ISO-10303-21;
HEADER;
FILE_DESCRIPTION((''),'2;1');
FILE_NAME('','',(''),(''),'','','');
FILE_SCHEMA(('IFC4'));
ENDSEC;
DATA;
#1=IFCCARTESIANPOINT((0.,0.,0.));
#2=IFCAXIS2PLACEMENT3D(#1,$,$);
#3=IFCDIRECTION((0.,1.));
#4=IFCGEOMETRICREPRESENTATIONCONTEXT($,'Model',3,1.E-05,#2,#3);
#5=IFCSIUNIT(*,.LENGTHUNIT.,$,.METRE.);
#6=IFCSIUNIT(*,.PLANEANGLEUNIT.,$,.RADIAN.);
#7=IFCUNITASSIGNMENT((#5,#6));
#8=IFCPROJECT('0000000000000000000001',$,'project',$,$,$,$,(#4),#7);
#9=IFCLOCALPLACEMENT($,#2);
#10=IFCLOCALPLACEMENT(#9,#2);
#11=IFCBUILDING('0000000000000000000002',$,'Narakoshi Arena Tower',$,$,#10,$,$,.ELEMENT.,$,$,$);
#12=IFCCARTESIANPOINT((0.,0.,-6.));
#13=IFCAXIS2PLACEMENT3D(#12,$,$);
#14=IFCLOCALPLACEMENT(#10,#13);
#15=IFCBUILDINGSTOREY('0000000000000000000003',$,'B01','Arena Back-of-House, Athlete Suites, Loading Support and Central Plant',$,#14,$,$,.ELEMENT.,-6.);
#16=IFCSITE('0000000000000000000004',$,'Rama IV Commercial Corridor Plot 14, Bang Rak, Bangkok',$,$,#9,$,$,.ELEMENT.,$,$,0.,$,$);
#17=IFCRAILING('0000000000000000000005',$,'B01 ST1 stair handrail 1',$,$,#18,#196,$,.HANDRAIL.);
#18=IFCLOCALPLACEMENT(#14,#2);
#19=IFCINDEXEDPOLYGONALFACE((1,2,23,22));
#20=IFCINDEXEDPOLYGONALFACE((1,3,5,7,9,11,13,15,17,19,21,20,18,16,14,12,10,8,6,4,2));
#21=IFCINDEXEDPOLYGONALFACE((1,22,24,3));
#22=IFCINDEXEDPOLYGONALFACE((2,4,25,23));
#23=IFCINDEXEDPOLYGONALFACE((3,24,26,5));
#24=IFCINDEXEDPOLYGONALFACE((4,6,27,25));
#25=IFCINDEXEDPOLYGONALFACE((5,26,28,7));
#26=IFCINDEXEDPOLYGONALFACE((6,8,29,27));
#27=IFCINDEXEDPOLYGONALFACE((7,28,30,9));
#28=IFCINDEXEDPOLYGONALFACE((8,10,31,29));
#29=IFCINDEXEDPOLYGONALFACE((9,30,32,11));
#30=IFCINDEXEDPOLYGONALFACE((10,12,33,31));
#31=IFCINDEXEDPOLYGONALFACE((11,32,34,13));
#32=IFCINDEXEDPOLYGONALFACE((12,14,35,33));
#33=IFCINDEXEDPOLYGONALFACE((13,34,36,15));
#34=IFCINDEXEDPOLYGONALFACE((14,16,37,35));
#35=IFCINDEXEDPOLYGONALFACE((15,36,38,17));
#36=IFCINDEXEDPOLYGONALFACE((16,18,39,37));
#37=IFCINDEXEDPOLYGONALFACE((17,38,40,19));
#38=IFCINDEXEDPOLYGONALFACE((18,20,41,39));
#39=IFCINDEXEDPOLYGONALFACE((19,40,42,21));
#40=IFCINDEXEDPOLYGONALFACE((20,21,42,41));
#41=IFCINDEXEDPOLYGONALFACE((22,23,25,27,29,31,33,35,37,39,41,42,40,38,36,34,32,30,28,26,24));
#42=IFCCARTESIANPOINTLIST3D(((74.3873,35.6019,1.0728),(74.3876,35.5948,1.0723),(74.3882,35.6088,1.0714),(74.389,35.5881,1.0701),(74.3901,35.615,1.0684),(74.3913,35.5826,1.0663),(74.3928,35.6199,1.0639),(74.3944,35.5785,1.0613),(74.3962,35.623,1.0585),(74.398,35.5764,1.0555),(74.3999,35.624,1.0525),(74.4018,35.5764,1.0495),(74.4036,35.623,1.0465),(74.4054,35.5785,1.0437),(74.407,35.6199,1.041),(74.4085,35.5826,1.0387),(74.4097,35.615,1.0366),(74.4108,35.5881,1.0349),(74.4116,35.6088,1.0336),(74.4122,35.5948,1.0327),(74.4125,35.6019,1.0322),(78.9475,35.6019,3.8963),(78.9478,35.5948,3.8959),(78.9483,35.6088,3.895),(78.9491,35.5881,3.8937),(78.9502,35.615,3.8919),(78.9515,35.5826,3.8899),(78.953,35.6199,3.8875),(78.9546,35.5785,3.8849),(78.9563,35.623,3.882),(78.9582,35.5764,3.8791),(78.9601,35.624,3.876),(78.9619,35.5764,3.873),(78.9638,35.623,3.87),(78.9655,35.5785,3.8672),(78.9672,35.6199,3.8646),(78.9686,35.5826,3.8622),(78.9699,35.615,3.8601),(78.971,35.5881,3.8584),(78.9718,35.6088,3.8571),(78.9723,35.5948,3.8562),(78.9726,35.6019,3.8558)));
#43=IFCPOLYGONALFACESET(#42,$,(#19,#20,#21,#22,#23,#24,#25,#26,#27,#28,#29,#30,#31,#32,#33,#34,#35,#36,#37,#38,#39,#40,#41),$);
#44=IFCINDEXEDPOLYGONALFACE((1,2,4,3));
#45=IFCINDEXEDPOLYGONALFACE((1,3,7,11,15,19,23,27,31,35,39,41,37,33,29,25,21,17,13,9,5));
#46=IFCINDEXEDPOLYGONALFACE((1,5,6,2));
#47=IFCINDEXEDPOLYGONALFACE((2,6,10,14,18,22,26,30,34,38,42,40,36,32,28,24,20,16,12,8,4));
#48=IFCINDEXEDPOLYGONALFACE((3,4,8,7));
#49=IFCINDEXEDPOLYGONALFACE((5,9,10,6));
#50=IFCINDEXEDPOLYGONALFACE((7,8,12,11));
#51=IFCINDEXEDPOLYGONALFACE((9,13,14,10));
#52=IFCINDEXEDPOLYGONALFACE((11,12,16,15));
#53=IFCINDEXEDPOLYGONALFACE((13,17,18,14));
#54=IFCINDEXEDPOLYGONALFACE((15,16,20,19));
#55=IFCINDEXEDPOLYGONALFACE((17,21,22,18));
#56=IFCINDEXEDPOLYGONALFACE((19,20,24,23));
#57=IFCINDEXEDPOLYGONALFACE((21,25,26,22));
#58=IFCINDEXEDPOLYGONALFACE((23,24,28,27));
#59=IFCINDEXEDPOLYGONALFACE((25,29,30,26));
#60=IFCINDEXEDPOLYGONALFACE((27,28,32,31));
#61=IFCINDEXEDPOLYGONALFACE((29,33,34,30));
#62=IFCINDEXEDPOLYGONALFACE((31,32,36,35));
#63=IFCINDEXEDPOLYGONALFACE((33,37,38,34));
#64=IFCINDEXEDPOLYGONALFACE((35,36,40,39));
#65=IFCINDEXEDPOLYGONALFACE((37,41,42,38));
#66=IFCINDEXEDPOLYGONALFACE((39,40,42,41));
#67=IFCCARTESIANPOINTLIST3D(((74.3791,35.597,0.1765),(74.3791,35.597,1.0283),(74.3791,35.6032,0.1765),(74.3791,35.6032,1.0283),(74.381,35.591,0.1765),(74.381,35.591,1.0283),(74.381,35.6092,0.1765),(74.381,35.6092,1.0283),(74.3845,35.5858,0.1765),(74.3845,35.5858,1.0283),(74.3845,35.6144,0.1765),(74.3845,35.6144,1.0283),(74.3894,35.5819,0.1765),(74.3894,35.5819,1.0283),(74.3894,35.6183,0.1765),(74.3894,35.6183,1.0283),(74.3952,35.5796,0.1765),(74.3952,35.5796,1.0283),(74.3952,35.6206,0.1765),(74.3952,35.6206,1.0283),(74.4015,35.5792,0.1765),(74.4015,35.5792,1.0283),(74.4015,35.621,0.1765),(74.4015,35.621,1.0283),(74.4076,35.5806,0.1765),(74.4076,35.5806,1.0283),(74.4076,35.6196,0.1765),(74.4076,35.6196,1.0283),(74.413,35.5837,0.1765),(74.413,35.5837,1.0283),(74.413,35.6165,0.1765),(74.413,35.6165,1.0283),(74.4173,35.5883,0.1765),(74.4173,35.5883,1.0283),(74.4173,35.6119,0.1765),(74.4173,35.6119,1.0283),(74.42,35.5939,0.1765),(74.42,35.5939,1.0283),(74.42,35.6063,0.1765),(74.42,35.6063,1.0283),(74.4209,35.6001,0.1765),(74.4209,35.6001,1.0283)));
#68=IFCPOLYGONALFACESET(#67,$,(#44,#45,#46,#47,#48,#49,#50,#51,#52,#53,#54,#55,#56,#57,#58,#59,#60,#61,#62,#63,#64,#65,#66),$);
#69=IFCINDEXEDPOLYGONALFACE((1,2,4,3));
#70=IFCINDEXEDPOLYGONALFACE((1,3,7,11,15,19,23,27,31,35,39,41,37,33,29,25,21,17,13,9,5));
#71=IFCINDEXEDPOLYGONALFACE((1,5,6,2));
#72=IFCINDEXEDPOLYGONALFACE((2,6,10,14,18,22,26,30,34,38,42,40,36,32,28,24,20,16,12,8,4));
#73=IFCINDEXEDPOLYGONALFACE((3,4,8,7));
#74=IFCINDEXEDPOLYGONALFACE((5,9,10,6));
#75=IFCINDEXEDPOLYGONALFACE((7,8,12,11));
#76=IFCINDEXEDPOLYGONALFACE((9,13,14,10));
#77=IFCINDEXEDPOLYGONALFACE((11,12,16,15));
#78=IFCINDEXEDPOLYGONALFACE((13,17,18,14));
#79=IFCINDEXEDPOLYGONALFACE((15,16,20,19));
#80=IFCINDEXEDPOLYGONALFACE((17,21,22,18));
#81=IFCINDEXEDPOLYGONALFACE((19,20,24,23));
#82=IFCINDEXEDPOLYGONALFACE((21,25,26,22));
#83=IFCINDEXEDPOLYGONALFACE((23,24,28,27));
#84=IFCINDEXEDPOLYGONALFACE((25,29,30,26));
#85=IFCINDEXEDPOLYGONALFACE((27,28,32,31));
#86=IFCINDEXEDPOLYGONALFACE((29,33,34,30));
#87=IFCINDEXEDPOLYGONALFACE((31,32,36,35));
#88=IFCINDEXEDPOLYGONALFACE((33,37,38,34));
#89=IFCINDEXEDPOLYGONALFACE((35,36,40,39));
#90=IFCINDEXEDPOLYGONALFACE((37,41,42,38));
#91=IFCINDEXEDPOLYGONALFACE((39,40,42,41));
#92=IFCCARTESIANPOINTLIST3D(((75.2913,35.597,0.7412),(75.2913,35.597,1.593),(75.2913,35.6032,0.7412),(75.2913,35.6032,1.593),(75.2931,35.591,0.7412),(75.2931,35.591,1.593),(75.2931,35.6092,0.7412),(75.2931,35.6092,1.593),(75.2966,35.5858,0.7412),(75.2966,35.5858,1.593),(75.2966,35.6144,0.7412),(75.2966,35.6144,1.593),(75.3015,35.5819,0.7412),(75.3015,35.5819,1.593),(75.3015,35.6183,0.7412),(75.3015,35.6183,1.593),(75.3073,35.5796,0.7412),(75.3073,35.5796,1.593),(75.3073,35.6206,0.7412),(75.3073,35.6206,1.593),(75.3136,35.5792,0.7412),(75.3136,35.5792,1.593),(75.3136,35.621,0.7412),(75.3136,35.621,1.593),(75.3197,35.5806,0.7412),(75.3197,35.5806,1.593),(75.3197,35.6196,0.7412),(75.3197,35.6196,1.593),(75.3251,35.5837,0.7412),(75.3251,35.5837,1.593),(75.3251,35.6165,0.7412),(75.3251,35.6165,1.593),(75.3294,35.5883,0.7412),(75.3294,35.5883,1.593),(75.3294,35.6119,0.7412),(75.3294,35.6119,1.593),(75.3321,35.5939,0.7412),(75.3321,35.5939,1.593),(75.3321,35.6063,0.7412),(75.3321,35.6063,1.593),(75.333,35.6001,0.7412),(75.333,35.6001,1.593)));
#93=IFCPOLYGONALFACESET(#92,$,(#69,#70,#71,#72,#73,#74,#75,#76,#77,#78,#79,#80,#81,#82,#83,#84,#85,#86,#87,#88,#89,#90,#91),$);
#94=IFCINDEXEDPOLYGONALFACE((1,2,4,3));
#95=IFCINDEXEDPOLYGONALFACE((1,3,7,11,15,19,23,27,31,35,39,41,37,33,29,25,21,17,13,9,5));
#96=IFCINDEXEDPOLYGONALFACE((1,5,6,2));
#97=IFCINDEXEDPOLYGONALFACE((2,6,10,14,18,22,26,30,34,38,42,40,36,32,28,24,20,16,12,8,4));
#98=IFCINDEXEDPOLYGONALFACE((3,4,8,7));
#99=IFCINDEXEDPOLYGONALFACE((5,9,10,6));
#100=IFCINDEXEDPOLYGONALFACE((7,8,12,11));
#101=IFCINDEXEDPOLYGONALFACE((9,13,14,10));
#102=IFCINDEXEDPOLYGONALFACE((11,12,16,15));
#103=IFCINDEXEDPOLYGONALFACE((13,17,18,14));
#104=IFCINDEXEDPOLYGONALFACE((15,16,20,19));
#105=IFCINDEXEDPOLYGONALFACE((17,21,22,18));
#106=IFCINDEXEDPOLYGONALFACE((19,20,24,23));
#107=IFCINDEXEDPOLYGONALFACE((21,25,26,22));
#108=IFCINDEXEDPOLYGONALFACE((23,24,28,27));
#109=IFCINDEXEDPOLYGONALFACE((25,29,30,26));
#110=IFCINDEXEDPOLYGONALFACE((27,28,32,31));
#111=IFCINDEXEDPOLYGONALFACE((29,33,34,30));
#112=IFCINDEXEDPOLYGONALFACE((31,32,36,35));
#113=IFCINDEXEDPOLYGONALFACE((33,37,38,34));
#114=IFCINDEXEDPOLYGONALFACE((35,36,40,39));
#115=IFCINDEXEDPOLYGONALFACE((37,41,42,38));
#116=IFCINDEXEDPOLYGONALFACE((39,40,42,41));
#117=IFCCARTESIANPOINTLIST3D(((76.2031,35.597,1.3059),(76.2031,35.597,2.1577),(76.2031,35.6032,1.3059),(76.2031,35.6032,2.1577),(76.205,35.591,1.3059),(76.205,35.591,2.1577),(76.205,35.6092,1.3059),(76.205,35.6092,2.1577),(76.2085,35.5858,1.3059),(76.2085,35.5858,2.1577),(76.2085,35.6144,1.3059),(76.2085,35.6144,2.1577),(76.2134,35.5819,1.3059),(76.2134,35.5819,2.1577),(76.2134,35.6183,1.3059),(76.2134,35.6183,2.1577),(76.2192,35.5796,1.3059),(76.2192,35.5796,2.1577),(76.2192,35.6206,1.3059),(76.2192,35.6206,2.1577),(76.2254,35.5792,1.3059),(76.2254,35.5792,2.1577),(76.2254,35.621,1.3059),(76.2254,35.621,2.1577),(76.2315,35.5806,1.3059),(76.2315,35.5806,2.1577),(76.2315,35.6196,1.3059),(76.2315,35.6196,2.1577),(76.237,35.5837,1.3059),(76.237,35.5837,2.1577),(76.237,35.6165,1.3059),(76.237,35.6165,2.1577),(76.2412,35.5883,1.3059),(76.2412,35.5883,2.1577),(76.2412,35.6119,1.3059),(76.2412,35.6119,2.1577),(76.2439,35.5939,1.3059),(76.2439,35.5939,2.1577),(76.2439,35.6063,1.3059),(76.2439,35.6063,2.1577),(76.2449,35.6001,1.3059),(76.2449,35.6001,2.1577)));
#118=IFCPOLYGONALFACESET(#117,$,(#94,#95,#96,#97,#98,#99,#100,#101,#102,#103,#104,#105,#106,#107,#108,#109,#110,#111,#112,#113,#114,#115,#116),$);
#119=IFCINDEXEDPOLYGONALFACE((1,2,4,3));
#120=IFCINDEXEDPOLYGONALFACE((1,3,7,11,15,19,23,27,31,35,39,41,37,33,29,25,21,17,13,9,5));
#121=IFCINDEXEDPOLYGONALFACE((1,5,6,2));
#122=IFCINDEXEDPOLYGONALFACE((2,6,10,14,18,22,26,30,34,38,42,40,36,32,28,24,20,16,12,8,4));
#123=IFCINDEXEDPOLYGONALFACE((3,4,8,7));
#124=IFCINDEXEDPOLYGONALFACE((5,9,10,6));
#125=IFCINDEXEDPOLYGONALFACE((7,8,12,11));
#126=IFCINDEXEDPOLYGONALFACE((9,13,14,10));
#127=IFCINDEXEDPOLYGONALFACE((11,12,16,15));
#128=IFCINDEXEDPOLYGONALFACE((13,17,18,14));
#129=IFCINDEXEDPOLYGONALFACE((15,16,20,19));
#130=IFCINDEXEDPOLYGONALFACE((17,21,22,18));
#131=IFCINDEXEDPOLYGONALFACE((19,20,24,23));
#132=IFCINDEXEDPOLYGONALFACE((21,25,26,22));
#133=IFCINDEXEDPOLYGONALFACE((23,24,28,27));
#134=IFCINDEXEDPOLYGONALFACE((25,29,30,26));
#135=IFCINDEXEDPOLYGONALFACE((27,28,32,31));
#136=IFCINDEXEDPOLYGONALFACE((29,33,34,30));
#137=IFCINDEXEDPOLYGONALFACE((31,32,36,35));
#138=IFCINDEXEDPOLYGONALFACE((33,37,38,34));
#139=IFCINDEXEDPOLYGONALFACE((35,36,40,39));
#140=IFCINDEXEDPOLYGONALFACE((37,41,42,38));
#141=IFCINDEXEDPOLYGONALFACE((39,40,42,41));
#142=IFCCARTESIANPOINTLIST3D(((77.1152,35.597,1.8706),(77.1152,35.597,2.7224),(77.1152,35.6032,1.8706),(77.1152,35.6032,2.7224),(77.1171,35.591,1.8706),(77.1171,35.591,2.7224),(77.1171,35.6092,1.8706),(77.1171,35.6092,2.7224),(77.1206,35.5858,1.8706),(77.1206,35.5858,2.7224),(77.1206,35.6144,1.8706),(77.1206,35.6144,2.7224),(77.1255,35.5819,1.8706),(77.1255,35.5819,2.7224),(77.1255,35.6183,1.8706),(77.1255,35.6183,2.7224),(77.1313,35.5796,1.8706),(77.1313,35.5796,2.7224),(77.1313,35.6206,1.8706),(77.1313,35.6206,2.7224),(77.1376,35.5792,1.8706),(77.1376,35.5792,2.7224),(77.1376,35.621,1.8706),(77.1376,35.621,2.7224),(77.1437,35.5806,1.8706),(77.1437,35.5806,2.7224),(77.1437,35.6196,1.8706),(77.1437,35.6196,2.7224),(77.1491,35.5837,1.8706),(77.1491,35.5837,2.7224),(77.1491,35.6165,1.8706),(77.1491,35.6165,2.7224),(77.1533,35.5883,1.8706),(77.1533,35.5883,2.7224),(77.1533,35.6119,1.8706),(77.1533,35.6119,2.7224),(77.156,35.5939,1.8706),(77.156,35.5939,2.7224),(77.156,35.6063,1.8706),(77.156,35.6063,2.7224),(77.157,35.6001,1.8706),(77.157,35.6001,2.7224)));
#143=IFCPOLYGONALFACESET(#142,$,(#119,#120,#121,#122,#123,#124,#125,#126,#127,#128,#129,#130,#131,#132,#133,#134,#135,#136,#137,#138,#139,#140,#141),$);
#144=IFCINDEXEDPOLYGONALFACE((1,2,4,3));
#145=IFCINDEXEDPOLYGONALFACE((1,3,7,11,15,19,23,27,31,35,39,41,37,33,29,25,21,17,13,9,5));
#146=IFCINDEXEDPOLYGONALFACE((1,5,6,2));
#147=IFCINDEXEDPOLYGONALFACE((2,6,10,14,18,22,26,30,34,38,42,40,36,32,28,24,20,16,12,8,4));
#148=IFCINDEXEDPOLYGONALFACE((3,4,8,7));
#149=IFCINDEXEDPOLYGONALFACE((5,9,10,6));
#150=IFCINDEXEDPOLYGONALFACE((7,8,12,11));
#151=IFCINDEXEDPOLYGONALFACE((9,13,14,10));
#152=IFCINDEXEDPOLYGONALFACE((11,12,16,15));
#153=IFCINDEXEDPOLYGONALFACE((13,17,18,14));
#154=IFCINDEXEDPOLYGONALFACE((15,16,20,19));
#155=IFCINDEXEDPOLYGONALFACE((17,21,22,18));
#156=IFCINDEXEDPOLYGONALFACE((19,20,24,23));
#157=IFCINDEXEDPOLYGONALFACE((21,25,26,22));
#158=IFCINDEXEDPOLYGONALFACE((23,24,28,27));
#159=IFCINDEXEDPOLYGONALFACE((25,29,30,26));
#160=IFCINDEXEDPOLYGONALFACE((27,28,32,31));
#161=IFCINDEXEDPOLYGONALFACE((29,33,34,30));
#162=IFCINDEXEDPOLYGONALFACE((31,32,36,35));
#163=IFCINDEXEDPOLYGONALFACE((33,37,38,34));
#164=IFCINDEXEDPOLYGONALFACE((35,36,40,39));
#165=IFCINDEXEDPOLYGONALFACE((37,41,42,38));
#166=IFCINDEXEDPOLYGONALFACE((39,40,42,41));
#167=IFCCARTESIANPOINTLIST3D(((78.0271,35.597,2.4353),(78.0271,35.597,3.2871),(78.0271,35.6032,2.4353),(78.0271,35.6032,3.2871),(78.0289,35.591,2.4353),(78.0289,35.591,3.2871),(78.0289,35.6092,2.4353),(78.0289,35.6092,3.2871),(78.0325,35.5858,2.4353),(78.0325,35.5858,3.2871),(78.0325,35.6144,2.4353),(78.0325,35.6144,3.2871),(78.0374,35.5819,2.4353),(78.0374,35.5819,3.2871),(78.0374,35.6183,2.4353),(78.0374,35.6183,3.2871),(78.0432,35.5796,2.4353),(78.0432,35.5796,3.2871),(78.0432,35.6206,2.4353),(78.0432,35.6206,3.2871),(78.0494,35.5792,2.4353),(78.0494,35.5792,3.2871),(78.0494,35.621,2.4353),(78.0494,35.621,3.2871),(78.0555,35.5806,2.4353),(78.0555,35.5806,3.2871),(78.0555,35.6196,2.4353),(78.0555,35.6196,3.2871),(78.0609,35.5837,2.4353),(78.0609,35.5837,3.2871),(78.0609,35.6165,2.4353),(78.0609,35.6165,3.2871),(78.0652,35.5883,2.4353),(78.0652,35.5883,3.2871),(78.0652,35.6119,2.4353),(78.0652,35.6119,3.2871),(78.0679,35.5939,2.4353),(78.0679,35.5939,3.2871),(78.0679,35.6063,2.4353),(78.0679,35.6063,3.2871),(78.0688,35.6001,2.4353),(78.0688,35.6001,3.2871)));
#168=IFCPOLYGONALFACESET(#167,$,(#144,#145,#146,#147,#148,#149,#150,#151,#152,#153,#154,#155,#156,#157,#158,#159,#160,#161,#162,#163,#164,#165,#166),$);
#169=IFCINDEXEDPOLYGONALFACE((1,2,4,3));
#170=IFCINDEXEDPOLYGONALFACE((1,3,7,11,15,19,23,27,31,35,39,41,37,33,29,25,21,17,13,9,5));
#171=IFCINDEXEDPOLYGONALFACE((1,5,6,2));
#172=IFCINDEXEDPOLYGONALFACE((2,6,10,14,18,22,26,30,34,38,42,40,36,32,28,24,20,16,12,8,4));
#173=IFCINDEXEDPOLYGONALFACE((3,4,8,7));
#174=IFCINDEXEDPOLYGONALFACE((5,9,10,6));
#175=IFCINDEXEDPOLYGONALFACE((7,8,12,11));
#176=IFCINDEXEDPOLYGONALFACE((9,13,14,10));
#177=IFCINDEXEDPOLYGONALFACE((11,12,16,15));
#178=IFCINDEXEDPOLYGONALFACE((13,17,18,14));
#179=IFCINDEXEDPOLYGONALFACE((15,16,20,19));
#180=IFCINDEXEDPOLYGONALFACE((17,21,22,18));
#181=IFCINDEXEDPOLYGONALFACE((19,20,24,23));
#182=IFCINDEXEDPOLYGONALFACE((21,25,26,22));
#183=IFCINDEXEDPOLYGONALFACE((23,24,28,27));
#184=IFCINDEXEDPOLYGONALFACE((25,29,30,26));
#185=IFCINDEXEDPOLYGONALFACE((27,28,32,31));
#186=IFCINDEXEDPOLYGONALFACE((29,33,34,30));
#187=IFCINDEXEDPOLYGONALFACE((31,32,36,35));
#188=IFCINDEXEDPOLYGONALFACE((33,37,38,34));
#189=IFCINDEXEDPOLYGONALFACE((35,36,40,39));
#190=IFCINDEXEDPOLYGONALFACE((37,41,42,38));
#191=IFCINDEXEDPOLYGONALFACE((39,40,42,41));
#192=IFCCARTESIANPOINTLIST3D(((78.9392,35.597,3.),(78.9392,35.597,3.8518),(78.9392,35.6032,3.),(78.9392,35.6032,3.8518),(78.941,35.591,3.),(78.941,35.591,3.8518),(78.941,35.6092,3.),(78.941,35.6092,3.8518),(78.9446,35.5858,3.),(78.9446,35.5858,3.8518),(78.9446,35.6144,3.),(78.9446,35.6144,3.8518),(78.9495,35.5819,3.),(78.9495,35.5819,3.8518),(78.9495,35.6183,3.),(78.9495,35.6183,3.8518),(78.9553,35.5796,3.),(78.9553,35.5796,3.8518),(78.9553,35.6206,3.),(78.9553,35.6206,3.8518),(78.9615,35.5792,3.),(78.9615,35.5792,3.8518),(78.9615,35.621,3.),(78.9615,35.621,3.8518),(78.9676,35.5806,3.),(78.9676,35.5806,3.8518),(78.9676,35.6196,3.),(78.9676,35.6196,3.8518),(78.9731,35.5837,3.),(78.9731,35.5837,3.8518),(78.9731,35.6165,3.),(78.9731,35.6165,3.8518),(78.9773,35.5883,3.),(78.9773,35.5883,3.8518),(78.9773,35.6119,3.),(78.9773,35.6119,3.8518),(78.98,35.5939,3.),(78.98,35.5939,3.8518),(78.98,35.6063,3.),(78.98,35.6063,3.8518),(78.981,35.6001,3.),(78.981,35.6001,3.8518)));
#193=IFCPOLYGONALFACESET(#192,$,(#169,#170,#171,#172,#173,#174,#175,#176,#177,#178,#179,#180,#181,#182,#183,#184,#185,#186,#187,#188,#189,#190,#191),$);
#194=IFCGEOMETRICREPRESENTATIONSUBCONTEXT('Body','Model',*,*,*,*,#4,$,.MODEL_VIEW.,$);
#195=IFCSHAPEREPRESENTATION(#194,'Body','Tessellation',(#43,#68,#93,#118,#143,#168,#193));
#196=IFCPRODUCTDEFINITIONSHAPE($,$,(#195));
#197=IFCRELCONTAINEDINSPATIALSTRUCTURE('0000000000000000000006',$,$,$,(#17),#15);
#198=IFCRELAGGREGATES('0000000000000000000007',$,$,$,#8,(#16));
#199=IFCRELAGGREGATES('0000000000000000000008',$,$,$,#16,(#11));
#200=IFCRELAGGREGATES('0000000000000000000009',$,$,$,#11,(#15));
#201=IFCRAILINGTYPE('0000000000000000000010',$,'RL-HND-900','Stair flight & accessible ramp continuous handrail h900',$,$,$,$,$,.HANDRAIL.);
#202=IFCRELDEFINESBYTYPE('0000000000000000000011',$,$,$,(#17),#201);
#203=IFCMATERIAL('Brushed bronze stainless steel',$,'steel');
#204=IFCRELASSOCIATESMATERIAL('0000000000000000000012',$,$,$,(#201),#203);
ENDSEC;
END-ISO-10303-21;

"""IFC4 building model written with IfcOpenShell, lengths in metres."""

from ifc_helpers import new_model, si_unit, direction, frame, origin, origin_2d, place, context, subcontext, project, spatial, circle, extrude, material, type_object, element, save


model = new_model("IFC4")

# Units and contexts
model_context = context("Model", 3, precision=1e-05, world=origin(), true_north=direction((0.0, 1.0)))
body_context = subcontext(model_context, "Body", "Model", "MODEL_VIEW")
ifc_project = project(units=[si_unit("LENGTHUNIT", "METRE"), si_unit("PLANEANGLEUNIT", "RADIAN")], contexts=[model_context])

# Site, building, storey
site_placement = place(None, origin())
site = spatial("IfcSite", under=ifc_project, at=site_placement, Name="Rama IV Commercial Corridor Plot 14, Bang Rak, Bangkok", CompositionType="ELEMENT", RefElevation=0.0)
building_placement = place(site_placement, origin())
building = spatial("IfcBuilding", under=site, at=building_placement, Name="Narakoshi Arena Tower", CompositionType="ELEMENT")
storey_placement = place(building_placement, frame((0.0, 0.0, -6.0)))
storey = spatial("IfcBuildingStorey", under=building, at=storey_placement, Name="B01", Description="Arena Back-of-House, Athlete Suites, Loading Support and Central Plant", CompositionType="ELEMENT", Elevation=-6.0)

# Railing
ifc_material_1 = material(Name="Brushed bronze stainless steel", Category="steel")
railing_type_1 = type_object("IfcRailingType", Name="RL-HND-900", Description="Stair flight & accessible ramp continuous handrail h900", PredefinedType="HANDRAIL", material=ifc_material_1)
railing_1_placement = place(storey_placement, frame((74.3999, 35.6001, 0.1765)))
element("IfcRailing", 1, at=railing_1_placement, inside=storey, type_object=railing_type_1, Name="B01 ST1 stair handrail 1", PredefinedType="HANDRAIL", context=body_context, shape_type="SweptSolid", body=[
    extrude(circle(Radius=0.0239, at=origin_2d()), frame((0.0, 0.0, 0.876), z_axis=(0.850216, 0.0, 0.526435), x_axis=(0.0, 1.0, 0.0)), (0.0, 0.0, 1.0), 5.3635),
    extrude(circle(Radius=0.021, at=origin_2d()), origin(), (0.0, 0.0, 1.0), 0.8518),
    extrude(circle(Radius=0.021, at=origin_2d()), frame((0.9121, 0.0, 0.5647)), (0.0, 0.0, 1.0), 0.8518),
    extrude(circle(Radius=0.021, at=origin_2d()), frame((1.824, 0.0, 1.1294)), (0.0, 0.0, 1.0), 0.8518),
    extrude(circle(Radius=0.021, at=origin_2d()), frame((2.7361, 0.0, 1.6941)), (0.0, 0.0, 1.0), 0.8518),
    extrude(circle(Radius=0.021, at=origin_2d()), frame((3.6479, 0.0, 2.2588)), (0.0, 0.0, 1.0), 0.8518),
    extrude(circle(Radius=0.021, at=origin_2d()), frame((4.5601, 0.0, 2.8235)), (0.0, 0.0, 1.0), 0.8518),
])

save(model, "model.ifc")
